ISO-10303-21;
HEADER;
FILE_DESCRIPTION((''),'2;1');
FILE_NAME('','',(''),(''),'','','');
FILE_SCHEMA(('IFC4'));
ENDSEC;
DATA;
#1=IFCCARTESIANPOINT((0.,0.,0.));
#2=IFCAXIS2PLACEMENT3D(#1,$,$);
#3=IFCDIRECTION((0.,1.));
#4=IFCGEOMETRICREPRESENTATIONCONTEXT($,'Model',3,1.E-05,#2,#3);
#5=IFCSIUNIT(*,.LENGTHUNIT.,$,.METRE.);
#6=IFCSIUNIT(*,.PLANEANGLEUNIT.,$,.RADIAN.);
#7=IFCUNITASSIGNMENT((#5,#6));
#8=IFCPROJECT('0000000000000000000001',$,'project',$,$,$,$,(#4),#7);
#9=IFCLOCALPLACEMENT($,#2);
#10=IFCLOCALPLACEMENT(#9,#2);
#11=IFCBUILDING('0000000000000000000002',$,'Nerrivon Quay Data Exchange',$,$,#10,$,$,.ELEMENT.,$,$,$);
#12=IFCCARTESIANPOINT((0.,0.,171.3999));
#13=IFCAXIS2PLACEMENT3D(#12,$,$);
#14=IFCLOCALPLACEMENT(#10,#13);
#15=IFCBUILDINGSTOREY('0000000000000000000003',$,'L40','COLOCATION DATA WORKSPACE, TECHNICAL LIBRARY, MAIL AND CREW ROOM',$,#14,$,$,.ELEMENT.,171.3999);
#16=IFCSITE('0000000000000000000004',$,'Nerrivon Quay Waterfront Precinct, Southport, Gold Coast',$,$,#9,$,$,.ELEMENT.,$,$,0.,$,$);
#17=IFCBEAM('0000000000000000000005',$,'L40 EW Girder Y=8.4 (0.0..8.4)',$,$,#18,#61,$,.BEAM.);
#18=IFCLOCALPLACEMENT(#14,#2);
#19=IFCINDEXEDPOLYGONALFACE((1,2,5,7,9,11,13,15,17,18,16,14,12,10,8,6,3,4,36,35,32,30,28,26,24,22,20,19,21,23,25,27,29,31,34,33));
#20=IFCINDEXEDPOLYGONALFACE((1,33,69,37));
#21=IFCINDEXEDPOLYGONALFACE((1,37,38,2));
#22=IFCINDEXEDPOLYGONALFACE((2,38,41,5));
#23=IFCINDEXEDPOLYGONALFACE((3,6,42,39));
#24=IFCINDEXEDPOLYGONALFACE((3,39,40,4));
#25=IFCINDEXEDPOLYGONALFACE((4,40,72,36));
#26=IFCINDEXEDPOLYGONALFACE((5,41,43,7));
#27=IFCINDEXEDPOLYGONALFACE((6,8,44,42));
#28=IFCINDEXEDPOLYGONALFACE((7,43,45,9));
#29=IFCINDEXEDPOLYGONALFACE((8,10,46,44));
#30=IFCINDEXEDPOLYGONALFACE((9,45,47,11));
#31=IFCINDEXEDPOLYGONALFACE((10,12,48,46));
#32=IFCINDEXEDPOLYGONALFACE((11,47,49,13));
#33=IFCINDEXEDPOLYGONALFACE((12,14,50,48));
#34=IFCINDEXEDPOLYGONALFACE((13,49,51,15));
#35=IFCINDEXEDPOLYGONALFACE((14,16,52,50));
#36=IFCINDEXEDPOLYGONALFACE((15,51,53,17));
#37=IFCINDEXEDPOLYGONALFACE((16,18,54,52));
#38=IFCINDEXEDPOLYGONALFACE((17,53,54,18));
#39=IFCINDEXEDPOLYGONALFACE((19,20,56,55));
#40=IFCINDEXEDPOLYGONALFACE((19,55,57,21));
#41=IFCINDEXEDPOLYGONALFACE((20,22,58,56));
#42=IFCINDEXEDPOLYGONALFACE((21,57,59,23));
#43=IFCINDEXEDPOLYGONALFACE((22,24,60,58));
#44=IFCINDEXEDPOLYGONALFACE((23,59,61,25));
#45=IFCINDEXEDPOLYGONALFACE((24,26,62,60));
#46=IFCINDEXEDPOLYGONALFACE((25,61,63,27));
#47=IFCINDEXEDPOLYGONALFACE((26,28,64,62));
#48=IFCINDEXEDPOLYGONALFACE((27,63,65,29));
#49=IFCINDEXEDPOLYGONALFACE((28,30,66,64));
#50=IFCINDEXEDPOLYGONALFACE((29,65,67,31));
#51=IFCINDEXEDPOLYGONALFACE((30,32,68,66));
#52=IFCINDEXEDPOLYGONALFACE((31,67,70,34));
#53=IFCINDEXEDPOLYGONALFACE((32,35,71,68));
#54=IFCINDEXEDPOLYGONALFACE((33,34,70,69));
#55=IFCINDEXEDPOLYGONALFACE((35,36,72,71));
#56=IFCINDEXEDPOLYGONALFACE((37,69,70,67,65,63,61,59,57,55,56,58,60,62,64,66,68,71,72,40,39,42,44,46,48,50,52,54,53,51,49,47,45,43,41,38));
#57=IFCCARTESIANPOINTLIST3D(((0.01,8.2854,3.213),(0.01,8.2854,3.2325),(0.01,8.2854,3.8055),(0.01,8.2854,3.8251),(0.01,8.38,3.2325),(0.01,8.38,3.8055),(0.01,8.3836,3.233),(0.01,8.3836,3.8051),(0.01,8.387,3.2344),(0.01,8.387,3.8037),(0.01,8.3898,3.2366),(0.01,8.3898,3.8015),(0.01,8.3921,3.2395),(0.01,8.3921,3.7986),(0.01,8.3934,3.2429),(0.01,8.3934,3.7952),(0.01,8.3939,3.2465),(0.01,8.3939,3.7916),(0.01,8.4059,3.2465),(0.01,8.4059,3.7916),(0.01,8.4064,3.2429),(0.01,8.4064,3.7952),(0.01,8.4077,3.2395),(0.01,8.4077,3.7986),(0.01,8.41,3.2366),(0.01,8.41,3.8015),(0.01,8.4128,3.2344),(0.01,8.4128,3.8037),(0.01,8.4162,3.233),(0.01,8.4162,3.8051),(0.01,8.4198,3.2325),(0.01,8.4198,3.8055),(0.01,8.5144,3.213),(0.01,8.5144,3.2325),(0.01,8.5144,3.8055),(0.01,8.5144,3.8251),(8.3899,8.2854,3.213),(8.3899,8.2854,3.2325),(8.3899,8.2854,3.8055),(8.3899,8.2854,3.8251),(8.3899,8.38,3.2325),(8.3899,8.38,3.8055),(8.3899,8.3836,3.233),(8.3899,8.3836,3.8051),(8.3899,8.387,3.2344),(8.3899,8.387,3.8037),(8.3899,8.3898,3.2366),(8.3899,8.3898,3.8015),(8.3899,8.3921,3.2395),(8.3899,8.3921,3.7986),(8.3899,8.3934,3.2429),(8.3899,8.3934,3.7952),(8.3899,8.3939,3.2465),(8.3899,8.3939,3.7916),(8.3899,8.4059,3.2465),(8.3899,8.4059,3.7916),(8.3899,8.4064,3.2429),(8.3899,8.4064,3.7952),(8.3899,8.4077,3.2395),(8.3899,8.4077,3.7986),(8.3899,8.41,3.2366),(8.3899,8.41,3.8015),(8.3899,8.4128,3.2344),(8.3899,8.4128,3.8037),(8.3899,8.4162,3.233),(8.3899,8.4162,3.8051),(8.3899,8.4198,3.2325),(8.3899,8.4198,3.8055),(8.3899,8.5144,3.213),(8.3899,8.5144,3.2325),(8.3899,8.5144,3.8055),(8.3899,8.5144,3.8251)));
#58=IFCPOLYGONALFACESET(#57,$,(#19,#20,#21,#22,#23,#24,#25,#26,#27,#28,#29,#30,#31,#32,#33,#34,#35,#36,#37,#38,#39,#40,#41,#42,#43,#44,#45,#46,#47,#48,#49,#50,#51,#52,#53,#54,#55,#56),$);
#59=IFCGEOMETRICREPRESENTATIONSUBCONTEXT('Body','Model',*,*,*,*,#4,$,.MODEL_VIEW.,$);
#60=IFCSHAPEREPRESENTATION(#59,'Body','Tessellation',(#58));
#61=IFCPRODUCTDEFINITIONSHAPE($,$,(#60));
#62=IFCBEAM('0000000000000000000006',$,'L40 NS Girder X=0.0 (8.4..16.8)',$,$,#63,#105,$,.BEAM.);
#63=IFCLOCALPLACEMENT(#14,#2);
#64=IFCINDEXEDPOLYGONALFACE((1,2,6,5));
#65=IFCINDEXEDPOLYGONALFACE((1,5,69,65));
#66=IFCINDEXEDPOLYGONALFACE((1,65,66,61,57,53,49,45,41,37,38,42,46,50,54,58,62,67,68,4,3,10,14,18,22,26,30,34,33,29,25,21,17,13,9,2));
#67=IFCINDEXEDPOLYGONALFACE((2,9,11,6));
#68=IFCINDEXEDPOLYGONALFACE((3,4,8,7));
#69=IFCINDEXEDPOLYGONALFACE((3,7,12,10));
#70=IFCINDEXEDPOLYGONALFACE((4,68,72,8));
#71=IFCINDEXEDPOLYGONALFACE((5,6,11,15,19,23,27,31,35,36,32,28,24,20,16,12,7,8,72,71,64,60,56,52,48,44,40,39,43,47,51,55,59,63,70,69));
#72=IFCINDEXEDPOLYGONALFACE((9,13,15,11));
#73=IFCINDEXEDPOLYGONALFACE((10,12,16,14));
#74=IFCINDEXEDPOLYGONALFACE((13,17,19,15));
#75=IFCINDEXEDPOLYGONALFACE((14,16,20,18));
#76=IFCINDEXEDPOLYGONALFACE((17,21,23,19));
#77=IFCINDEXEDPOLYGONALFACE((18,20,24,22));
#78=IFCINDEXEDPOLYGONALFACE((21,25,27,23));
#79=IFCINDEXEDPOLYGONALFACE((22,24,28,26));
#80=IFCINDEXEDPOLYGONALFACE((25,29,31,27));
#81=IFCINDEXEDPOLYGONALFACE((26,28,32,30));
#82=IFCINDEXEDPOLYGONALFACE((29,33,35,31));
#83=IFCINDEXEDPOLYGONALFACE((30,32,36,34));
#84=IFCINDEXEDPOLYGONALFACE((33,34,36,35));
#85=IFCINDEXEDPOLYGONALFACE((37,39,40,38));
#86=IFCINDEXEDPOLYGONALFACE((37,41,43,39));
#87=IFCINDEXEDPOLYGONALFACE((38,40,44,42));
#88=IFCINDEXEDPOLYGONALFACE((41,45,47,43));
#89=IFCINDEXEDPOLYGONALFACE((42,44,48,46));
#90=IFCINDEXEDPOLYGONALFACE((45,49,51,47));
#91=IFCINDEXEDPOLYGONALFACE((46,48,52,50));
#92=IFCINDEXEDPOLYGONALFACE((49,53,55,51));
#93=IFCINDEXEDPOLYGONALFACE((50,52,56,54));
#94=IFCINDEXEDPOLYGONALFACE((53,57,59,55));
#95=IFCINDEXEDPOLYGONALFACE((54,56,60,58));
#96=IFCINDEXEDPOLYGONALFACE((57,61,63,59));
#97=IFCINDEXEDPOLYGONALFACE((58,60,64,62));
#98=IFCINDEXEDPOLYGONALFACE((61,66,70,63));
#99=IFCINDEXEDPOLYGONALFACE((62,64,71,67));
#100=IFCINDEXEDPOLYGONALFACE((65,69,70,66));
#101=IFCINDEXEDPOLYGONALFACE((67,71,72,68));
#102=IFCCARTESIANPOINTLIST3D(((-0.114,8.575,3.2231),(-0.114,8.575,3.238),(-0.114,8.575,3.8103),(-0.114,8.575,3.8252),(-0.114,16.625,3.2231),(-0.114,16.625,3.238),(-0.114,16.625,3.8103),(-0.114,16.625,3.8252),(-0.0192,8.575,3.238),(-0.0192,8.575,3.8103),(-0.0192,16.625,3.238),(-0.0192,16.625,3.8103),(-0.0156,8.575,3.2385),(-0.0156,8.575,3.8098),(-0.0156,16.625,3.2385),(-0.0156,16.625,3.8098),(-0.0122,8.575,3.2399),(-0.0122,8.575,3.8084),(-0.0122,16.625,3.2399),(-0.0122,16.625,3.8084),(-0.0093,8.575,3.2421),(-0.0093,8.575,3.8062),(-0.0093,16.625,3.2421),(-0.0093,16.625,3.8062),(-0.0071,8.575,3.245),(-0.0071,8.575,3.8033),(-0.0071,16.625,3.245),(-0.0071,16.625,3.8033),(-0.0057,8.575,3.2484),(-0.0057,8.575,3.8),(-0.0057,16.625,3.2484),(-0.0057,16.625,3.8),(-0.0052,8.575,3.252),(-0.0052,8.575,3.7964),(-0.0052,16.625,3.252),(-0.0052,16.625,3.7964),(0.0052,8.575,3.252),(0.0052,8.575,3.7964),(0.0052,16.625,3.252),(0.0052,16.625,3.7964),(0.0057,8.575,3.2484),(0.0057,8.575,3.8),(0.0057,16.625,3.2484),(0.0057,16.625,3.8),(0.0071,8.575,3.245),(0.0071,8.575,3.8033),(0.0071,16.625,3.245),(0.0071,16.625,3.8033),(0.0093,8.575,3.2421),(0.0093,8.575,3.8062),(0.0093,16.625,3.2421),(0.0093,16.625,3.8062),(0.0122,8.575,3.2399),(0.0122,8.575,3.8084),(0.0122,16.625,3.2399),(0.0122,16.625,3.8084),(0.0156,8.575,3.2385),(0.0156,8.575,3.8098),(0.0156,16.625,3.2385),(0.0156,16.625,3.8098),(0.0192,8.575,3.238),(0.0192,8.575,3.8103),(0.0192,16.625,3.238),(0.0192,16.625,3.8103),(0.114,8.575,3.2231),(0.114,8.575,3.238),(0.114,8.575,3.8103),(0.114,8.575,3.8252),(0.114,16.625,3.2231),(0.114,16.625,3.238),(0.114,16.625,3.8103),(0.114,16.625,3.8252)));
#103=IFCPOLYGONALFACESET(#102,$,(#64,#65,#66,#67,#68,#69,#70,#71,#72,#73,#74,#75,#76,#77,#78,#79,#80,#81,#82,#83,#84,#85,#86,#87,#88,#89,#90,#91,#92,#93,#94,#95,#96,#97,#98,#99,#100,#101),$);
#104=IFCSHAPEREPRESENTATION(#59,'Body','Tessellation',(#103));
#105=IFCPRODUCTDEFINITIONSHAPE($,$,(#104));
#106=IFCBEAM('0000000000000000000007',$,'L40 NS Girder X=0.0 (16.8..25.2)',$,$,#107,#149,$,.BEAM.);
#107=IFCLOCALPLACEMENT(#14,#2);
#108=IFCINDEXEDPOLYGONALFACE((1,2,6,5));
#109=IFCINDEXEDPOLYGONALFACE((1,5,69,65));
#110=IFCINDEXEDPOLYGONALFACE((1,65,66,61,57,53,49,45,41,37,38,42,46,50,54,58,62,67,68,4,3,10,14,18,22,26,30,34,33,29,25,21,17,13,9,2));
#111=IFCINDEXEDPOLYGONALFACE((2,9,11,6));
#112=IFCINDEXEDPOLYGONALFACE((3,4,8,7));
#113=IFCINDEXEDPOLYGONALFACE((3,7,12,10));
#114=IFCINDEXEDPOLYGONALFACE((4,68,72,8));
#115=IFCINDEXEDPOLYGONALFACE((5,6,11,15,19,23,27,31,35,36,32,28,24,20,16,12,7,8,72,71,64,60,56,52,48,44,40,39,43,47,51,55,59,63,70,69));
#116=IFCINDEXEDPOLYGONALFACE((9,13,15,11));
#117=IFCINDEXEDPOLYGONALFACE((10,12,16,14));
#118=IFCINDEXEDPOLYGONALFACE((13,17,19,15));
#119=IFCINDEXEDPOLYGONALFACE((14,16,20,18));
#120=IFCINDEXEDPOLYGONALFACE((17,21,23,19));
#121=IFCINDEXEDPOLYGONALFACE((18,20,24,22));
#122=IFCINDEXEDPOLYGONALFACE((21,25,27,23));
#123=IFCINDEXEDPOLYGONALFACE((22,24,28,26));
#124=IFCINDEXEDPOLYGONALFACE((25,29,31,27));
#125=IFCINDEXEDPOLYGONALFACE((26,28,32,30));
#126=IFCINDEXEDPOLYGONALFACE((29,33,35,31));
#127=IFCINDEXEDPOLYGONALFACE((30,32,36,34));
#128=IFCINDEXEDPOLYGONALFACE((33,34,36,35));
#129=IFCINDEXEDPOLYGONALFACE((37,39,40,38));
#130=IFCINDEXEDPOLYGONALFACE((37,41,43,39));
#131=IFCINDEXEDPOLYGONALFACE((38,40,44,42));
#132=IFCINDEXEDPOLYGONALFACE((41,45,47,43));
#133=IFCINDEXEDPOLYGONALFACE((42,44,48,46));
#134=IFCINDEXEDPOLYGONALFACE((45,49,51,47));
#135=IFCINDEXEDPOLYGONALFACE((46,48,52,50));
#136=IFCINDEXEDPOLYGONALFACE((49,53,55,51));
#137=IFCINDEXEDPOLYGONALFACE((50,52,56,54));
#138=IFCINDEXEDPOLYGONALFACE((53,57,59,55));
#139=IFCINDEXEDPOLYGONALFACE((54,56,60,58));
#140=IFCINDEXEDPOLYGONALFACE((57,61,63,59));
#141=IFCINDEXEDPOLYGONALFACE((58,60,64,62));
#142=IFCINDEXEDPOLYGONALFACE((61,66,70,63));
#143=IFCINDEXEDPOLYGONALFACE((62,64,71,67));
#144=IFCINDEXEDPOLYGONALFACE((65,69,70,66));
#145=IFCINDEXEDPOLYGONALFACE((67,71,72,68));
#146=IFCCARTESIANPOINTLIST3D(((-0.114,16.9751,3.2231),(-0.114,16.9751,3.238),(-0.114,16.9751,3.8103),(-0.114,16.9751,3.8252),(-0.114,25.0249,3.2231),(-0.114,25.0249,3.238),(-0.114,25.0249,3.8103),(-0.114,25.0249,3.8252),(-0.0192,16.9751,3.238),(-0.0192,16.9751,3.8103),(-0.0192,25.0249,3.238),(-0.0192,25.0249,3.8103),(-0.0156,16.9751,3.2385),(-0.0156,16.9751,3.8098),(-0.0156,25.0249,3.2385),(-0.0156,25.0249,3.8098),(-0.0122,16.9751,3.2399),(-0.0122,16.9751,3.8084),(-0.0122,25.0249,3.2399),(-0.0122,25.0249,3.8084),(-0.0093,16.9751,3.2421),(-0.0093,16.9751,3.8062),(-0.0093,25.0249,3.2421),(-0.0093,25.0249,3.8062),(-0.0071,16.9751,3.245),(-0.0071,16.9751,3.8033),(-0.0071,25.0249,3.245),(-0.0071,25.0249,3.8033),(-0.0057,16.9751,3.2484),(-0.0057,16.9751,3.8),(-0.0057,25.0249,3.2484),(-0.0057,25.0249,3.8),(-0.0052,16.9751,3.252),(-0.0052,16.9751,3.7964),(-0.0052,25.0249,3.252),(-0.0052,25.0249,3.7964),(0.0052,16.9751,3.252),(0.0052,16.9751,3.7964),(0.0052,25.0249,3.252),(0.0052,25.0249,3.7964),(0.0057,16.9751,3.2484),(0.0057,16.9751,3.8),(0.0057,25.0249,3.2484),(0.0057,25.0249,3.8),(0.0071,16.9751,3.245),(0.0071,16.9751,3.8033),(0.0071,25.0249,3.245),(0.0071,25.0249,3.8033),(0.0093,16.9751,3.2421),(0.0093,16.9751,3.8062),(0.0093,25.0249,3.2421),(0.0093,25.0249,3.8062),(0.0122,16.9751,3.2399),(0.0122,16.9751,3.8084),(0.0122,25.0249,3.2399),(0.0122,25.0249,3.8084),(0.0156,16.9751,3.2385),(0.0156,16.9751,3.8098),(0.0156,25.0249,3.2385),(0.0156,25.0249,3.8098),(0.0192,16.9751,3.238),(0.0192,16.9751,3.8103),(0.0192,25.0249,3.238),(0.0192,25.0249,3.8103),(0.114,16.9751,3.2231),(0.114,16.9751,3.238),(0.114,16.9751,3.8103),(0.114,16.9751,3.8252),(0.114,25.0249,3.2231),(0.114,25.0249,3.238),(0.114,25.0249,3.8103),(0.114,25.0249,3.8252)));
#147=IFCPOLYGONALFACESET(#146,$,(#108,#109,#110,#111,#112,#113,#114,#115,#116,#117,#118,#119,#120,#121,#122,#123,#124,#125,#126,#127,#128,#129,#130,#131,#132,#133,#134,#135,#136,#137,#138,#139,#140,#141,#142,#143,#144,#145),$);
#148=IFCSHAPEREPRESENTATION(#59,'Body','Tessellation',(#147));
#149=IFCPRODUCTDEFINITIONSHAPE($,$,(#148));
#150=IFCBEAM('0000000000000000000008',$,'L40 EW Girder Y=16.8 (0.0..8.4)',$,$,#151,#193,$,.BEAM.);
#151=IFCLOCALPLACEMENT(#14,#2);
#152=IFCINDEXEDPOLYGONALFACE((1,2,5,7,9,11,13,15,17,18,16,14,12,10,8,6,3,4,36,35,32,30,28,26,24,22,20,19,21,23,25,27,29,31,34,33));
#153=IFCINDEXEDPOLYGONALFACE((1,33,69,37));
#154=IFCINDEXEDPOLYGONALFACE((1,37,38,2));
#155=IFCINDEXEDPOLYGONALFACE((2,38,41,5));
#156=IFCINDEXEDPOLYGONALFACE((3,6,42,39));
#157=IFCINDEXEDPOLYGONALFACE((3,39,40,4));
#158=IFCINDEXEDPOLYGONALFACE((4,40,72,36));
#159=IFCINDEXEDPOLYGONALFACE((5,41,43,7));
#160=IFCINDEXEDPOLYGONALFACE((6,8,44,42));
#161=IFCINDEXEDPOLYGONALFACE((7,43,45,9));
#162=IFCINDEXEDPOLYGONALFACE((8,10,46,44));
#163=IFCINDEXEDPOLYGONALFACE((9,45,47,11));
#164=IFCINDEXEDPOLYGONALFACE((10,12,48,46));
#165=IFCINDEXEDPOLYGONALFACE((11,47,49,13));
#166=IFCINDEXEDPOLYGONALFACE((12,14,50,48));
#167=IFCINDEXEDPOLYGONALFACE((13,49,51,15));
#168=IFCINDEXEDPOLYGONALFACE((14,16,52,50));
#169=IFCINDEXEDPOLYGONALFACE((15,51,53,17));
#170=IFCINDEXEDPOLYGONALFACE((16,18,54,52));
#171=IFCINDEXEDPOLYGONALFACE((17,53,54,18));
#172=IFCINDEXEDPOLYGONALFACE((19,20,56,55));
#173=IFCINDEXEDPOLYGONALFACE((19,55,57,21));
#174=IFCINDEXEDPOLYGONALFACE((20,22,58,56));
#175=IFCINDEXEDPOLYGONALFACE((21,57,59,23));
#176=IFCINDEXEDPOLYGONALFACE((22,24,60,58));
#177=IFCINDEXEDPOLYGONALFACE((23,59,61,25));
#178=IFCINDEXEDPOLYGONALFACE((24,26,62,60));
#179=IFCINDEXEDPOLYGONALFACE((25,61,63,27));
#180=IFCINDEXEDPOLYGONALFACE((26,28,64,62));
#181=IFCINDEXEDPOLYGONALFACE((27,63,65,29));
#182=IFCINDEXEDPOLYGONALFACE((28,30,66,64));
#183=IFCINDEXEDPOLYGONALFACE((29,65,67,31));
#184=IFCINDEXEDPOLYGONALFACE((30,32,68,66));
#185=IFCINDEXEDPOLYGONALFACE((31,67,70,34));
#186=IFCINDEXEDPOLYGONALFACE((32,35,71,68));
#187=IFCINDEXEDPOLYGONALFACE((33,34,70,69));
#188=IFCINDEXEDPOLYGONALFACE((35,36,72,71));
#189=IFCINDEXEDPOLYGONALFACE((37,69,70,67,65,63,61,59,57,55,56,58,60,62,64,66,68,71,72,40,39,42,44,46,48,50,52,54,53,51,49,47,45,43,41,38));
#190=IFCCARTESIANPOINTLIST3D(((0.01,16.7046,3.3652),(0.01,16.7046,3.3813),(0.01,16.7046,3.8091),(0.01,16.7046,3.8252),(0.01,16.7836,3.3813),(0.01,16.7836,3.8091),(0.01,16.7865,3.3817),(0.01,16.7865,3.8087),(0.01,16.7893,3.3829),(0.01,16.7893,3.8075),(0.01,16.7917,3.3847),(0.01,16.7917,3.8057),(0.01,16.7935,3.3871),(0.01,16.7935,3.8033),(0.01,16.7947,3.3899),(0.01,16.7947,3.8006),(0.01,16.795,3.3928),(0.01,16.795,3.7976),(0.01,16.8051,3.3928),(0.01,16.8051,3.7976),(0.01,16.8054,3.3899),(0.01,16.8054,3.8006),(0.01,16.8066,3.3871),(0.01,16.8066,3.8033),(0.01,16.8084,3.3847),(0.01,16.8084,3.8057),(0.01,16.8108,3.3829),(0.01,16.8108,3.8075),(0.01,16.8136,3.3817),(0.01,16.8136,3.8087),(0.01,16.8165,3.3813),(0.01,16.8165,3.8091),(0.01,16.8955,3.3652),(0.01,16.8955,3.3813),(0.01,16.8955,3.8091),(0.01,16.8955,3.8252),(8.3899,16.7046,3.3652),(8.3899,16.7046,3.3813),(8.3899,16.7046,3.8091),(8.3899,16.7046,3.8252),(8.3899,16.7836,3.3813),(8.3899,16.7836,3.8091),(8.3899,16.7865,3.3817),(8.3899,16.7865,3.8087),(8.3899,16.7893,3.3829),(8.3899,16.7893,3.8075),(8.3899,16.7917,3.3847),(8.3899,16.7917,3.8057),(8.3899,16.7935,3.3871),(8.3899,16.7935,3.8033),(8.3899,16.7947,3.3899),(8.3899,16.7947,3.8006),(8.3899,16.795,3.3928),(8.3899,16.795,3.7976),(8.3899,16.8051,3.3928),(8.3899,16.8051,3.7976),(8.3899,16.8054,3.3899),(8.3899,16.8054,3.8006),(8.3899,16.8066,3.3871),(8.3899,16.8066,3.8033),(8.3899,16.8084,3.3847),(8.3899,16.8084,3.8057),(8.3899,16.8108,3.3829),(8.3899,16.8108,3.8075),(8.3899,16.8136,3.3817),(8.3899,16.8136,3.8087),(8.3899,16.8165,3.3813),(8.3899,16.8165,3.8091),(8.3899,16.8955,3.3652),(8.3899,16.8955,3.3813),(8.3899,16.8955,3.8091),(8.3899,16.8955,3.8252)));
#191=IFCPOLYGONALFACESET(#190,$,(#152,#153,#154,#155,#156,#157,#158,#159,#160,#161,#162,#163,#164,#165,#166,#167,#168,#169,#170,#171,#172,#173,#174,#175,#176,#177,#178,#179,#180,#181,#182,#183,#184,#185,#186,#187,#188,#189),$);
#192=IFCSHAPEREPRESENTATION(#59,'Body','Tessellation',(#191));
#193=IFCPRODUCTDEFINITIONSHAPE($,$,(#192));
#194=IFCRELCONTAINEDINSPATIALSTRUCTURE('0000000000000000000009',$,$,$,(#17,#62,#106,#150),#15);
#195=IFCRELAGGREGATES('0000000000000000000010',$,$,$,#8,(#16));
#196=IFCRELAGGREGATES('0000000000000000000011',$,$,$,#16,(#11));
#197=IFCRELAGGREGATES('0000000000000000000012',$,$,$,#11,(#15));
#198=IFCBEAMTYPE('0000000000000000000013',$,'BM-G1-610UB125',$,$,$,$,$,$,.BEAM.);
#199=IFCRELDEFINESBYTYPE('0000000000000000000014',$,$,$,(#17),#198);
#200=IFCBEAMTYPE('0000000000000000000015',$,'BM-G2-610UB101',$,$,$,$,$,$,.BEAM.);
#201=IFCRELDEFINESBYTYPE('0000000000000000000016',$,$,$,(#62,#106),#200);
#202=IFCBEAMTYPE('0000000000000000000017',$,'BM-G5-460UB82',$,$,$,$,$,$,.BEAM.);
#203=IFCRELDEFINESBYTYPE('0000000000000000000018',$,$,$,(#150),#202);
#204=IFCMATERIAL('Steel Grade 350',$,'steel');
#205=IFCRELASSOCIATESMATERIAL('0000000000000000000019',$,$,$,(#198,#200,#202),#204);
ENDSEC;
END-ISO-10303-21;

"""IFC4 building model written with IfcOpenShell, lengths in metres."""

from ifc_helpers import new_model, si_unit, direction, frame, origin, origin_2d, place, context, subcontext, project, spatial, i_section, extrude, material, material_profile, profile_set, type_object, element, save


model = new_model("IFC4")

# Units and contexts
model_context = context("Model", 3, precision=1e-05, world=origin(), true_north=direction((0.0, 1.0)))
body_context = subcontext(model_context, "Body", "Model", "MODEL_VIEW")
ifc_project = project(units=[si_unit("LENGTHUNIT", "METRE"), si_unit("PLANEANGLEUNIT", "RADIAN")], contexts=[model_context])

# Site, building, storey
site_placement = place(None, origin())
site = spatial("IfcSite", under=ifc_project, at=site_placement, Name="Nerrivon Quay Waterfront Precinct, Southport, Gold Coast", CompositionType="ELEMENT", RefElevation=0.0)
building_placement = place(site_placement, origin())
building = spatial("IfcBuilding", under=site, at=building_placement, Name="Nerrivon Quay Data Exchange", CompositionType="ELEMENT")
storey_placement = place(building_placement, frame((0.0, 0.0, 171.3999)))
storey = spatial("IfcBuildingStorey", under=building, at=storey_placement, Name="L40", Description="COLOCATION DATA WORKSPACE, TECHNICAL LIBRARY, MAIL AND CREW ROOM", CompositionType="ELEMENT", Elevation=171.3999)

# Shared definitions
ifc_material_1 = material(Name="Steel Grade 350", Category="steel")

# Beams
ifc_material_profile_1 = material_profile(ifc_material_1, i_section(OverallWidth=0.229, OverallDepth=0.6121, WebThickness=0.012, FlangeThickness=0.0195, FilletRadius=0.0139, at=origin_2d()), Name="610UB125")
ifc_profile_set_1 = profile_set([ifc_material_profile_1], Name="Steel Grade 350")
beam_type_1 = type_object("IfcBeamType", Name="BM-G1-610UB125", PredefinedType="BEAM", material=ifc_profile_set_1)
beam_1_placement = place(storey_placement, frame((0.01, 8.3999, 3.519), z_axis=(1.0, 0.0, 0.0), x_axis=(0.0, 1.0, 0.0)))
element("IfcBeam", 1, at=beam_1_placement, inside=storey, type_object=beam_type_1, Name="L40 EW Girder Y=8.4 (0.0..8.4)", PredefinedType="BEAM", context=body_context, shape_type="SweptSolid", body=[
    extrude(i_section(OverallWidth=0.229, OverallDepth=0.6121, WebThickness=0.012, FlangeThickness=0.0195, FilletRadius=0.0139, at=origin_2d()), origin(), (0.0, 0.0, 1.0), 8.3799),
])
ifc_material_profile_2 = material_profile(ifc_material_1, i_section(OverallWidth=0.228, OverallDepth=0.6021, WebThickness=0.0105, FlangeThickness=0.0149, FilletRadius=0.0139, at=origin_2d()), Name="610UB101")
ifc_profile_set_2 = profile_set([ifc_material_profile_2], Name="Steel Grade 350")
beam_type_2 = type_object("IfcBeamType", Name="BM-G2-610UB101", PredefinedType="BEAM", material=ifc_profile_set_2)
beam_2_placement = place(storey_placement, frame((0.0, 8.575, 3.5242), z_axis=(0.0, 1.0, 0.0), x_axis=(-1.0, 0.0, 0.0)))
element("IfcBeam", 2, at=beam_2_placement, inside=storey, type_object=beam_type_2, Name="L40 NS Girder X=0.0 (8.4..16.8)", PredefinedType="BEAM", context=body_context, shape_type="SweptSolid", body=[
    extrude(i_section(OverallWidth=0.228, OverallDepth=0.6021, WebThickness=0.0105, FlangeThickness=0.0149, FilletRadius=0.0139, at=origin_2d()), origin(), (0.0, 0.0, 1.0), 8.05),
])
beam_3_placement = place(storey_placement, frame((0.0, 16.9751, 3.5242), z_axis=(0.0, 1.0, 0.0), x_axis=(-1.0, 0.0, 0.0)))
element("IfcBeam", 3, at=beam_3_placement, inside=storey, type_object=beam_type_2, Name="L40 NS Girder X=0.0 (16.8..25.2)", PredefinedType="BEAM", context=body_context, shape_type="SweptSolid", body=[
    extrude(i_section(OverallWidth=0.228, OverallDepth=0.6021, WebThickness=0.0105, FlangeThickness=0.0149, FilletRadius=0.0139, at=origin_2d()), origin(), (0.0, 0.0, 1.0), 8.0498),
])
ifc_material_profile_3 = material_profile(ifc_material_1, i_section(OverallWidth=0.1909, OverallDepth=0.46, WebThickness=0.01, FlangeThickness=0.0161, FilletRadius=0.0115, at=origin_2d()), Name="460UB82.1")
ifc_profile_set_3 = profile_set([ifc_material_profile_3], Name="Steel Grade 350")
beam_type_3 = type_object("IfcBeamType", Name="BM-G5-460UB82", PredefinedType="BEAM", material=ifc_profile_set_3)
beam_4_placement = place(storey_placement, frame((0.01, 16.8, 3.5952), z_axis=(1.0, 0.0, 0.0), x_axis=(0.0, 1.0, 0.0)))
element("IfcBeam", 4, at=beam_4_placement, inside=storey, type_object=beam_type_3, Name="L40 EW Girder Y=16.8 (0.0..8.4)", PredefinedType="BEAM", context=body_context, shape_type="SweptSolid", body=[
    extrude(i_section(OverallWidth=0.1909, OverallDepth=0.46, WebThickness=0.01, FlangeThickness=0.0161, FilletRadius=0.0115, at=origin_2d()), origin(), (0.0, 0.0, 1.0), 8.3799),
])

save(model, "model.ifc")
